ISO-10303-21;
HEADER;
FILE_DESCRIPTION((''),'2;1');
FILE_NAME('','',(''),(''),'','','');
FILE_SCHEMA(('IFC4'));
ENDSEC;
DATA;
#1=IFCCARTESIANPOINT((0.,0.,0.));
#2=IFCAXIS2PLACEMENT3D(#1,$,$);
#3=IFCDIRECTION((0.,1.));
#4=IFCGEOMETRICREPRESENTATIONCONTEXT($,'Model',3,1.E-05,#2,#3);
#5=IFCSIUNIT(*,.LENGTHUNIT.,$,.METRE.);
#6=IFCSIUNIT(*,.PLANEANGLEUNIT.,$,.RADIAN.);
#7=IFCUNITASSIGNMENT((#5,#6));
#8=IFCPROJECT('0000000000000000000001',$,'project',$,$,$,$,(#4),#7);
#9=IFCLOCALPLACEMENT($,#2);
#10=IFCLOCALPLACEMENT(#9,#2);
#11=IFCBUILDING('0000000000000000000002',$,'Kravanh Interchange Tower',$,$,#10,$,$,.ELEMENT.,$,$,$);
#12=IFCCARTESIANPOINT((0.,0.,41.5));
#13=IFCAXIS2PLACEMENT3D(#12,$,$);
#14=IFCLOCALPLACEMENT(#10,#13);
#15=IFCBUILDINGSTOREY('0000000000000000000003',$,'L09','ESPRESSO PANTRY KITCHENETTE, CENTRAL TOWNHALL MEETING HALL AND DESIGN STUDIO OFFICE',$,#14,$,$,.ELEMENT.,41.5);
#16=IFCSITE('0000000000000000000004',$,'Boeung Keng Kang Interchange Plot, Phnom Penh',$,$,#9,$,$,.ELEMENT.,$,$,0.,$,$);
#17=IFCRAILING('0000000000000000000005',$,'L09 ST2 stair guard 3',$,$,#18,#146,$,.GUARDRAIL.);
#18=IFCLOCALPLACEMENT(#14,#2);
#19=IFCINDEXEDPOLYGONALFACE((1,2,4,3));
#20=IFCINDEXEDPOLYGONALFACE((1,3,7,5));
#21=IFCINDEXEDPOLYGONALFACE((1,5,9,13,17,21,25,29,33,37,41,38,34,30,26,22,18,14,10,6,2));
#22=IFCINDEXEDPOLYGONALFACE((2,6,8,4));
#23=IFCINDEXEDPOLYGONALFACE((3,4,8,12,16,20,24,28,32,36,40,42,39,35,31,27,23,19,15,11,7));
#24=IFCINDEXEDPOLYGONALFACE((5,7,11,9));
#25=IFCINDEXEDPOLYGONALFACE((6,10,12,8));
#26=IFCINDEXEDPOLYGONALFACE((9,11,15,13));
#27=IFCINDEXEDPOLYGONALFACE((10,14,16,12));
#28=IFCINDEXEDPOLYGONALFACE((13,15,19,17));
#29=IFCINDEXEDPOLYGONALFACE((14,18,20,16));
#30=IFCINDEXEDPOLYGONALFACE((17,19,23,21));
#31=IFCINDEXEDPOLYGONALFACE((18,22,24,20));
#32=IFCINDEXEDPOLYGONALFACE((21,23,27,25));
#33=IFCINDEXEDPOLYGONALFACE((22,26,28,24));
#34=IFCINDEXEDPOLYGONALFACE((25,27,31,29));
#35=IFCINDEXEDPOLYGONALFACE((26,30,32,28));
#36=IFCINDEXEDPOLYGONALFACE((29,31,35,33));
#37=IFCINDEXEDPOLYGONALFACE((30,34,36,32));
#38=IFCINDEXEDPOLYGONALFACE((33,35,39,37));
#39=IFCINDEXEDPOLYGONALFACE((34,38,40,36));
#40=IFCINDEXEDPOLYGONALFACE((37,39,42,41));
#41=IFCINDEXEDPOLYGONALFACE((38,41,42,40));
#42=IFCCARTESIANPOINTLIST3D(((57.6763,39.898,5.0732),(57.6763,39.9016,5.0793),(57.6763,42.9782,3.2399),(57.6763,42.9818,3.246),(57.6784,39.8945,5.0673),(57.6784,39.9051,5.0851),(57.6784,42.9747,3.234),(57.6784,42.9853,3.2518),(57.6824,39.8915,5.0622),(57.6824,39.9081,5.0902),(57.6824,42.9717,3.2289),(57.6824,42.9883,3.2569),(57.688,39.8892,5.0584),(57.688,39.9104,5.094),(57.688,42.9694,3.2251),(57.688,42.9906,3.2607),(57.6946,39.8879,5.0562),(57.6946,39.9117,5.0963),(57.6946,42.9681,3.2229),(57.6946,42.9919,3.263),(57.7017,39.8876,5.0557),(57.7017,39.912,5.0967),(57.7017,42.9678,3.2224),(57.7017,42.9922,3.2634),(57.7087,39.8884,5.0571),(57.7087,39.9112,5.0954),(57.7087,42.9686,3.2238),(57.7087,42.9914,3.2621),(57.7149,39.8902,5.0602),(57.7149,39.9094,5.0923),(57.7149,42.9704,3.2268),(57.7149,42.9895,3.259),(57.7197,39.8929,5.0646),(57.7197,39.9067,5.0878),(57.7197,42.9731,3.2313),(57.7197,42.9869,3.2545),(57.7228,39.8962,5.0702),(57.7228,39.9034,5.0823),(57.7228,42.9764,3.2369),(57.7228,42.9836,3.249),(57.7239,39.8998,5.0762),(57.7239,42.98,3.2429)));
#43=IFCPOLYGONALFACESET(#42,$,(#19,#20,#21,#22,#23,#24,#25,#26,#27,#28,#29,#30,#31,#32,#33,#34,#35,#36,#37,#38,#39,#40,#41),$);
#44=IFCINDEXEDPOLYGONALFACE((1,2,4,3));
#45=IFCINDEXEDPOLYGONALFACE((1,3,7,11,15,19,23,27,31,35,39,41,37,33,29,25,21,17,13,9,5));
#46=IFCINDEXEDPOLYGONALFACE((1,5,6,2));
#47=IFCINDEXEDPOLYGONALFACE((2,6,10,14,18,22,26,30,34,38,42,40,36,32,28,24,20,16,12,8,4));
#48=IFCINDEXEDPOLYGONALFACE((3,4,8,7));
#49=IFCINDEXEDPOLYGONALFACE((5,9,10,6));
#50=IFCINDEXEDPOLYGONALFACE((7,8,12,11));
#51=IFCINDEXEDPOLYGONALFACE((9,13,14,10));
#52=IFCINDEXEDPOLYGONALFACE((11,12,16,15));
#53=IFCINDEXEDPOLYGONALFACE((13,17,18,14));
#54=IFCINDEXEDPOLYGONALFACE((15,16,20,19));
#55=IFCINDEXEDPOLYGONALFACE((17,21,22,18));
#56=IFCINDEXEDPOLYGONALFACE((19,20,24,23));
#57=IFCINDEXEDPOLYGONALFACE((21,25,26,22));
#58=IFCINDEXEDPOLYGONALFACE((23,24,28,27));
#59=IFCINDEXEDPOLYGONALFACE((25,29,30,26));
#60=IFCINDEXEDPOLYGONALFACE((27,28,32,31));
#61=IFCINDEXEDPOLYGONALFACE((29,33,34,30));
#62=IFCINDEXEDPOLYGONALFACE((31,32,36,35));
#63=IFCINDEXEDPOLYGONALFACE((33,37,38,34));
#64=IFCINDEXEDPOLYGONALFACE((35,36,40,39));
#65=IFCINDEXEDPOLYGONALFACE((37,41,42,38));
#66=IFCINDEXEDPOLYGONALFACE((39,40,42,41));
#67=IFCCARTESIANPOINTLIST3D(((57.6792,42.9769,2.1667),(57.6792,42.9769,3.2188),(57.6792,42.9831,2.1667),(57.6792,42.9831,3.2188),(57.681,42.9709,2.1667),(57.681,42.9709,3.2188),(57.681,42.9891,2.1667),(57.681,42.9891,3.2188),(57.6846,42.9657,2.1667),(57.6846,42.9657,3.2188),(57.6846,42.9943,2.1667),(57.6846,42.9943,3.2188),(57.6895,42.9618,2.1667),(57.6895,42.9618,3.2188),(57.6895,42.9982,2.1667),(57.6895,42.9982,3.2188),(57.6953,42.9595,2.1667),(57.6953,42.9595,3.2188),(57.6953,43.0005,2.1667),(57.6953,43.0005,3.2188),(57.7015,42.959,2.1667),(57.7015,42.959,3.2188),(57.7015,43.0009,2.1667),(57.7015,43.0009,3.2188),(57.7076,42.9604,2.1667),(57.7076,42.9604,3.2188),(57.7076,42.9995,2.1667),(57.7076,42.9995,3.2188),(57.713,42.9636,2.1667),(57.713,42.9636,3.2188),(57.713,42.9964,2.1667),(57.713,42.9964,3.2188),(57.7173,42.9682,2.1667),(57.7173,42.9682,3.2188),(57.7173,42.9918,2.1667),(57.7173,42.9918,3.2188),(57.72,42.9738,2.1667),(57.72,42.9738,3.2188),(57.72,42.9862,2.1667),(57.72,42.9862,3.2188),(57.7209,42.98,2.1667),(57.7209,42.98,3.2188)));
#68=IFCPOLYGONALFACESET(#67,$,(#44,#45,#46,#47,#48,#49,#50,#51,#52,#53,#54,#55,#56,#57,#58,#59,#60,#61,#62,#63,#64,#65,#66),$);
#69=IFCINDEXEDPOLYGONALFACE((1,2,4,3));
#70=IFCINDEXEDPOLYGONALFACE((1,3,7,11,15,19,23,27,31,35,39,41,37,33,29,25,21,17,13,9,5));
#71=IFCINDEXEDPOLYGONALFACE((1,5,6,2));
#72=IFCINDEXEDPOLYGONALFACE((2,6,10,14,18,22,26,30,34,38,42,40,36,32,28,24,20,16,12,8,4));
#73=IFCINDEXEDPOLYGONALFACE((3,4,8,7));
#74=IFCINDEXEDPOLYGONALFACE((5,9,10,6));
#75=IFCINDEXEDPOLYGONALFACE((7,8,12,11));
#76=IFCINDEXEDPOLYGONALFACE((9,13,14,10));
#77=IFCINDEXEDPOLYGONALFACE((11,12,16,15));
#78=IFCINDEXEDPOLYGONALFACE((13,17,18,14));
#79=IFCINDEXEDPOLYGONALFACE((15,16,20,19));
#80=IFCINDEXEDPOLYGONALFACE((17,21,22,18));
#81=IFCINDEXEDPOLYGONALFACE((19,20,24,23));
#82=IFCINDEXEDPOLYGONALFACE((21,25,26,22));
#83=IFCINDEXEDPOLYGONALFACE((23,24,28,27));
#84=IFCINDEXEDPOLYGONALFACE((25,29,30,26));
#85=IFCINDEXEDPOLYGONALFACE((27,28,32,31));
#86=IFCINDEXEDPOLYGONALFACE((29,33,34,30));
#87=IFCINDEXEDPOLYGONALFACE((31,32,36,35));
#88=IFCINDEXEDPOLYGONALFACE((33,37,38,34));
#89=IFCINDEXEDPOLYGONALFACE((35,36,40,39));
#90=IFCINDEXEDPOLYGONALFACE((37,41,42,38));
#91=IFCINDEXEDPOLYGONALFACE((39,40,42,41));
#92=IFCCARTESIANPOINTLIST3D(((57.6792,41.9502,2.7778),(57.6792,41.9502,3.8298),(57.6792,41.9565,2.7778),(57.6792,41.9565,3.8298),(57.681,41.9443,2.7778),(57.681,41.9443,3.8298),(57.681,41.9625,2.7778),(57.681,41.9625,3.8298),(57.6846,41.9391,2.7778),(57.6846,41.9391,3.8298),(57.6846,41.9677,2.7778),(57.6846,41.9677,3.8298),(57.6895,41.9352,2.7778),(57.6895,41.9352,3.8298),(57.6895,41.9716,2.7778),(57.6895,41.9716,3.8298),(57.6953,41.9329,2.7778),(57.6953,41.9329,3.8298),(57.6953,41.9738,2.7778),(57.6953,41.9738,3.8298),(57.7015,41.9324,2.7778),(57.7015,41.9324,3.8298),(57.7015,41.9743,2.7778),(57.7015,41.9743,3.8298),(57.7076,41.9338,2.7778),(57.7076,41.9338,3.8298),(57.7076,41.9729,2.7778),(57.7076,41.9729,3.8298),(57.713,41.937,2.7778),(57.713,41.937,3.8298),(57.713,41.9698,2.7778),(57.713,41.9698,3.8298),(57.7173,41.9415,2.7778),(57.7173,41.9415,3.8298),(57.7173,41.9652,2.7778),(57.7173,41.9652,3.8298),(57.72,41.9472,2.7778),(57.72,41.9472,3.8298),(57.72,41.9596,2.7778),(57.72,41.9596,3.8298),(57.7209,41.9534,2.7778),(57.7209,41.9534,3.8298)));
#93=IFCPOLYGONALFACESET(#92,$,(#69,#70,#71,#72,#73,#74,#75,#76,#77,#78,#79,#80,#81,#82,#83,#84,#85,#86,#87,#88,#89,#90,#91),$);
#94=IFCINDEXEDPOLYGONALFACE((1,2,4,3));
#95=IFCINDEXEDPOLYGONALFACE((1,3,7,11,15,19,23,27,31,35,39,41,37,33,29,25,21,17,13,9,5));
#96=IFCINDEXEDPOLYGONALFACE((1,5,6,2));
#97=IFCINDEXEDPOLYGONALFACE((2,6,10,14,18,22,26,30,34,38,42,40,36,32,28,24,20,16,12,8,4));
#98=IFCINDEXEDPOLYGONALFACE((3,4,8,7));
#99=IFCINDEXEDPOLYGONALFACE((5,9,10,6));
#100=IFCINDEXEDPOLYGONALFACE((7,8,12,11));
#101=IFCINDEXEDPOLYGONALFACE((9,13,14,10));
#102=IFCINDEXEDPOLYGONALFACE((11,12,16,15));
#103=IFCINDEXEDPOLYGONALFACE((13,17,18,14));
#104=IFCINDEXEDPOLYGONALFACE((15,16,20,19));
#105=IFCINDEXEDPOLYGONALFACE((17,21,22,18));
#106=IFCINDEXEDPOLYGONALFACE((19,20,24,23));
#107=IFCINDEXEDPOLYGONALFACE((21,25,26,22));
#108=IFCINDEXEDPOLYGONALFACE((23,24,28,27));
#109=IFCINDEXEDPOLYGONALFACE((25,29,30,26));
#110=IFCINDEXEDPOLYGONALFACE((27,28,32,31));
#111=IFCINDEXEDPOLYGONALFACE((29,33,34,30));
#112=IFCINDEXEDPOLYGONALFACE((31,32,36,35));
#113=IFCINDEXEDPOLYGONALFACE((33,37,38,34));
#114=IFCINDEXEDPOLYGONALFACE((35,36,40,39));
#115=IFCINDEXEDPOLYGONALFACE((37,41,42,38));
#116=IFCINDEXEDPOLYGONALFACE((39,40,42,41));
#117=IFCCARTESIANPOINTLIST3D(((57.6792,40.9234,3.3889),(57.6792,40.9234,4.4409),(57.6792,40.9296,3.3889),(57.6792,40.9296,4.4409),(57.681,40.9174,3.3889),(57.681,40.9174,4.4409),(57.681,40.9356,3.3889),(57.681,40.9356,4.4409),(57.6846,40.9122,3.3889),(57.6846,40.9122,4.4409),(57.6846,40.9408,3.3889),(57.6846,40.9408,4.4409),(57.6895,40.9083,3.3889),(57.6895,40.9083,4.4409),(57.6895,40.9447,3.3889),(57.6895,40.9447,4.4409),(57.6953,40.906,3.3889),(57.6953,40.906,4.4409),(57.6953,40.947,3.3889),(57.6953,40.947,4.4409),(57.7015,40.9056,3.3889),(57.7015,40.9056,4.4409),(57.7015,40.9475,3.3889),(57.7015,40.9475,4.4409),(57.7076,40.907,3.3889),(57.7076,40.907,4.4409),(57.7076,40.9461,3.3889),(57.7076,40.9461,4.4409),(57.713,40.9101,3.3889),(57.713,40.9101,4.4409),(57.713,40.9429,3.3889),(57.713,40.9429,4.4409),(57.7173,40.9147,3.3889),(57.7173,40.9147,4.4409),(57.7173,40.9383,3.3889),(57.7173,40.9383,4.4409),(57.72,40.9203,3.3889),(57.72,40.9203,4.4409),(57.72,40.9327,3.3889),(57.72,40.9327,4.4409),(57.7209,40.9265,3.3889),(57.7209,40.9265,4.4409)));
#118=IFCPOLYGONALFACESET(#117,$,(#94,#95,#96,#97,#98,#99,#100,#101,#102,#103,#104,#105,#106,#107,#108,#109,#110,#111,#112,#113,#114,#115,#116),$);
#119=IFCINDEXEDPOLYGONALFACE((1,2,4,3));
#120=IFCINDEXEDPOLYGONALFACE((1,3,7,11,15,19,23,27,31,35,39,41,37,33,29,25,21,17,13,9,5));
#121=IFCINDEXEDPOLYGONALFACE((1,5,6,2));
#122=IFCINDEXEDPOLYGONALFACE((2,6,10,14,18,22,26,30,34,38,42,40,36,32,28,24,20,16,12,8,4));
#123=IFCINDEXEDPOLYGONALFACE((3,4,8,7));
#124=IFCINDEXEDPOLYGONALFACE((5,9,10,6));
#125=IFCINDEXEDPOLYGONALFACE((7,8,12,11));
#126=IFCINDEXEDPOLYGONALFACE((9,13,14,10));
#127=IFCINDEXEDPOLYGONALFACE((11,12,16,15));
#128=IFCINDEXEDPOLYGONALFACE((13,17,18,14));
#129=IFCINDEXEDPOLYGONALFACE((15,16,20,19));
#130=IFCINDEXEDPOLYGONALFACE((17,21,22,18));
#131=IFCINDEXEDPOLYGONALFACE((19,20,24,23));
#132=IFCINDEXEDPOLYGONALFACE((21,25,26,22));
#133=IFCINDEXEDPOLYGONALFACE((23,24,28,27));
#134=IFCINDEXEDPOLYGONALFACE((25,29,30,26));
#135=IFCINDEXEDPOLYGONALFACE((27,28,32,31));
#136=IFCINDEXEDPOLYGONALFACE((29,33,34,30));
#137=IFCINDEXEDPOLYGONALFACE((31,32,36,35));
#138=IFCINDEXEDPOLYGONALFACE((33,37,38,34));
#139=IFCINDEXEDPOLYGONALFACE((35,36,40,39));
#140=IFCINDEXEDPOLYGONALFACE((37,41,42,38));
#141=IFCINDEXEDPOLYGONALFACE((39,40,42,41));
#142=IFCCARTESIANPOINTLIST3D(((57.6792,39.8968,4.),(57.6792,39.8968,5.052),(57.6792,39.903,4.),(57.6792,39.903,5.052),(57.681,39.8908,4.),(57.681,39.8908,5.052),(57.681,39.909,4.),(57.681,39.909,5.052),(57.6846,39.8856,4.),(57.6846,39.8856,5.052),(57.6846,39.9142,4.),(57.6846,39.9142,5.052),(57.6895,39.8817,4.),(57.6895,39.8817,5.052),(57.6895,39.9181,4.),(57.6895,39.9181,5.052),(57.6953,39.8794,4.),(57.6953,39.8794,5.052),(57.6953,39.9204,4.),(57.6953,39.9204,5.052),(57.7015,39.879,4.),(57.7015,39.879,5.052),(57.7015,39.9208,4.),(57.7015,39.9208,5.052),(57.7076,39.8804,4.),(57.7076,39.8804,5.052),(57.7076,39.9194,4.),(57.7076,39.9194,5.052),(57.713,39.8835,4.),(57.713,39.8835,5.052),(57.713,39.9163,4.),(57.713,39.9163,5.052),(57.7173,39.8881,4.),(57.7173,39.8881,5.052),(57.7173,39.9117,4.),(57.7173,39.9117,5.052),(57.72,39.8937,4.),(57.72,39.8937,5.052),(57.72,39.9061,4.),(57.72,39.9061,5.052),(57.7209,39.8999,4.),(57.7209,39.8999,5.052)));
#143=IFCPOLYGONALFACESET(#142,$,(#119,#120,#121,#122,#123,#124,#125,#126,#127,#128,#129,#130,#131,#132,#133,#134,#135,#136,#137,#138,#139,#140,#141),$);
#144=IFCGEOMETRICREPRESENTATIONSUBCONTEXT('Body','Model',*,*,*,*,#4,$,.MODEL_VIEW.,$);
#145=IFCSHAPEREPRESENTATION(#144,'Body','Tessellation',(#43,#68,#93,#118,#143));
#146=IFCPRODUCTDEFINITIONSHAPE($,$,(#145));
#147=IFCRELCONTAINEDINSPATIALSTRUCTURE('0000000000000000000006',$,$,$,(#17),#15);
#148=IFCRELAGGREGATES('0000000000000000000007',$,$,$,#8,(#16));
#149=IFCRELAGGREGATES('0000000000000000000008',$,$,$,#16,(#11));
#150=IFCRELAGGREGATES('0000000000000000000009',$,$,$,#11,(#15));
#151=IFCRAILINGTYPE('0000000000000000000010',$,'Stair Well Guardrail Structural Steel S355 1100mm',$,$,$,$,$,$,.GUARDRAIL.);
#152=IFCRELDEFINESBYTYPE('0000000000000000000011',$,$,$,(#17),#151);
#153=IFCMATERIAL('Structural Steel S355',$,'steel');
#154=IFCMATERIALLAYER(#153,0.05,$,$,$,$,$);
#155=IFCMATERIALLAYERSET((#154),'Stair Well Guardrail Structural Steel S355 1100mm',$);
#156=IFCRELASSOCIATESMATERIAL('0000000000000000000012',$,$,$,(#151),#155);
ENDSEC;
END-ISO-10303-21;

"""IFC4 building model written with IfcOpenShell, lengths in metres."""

from ifc_helpers import new_model, si_unit, direction, frame, origin, origin_2d, place, context, subcontext, project, spatial, circle, extrude, material, layer, layer_set, type_object, element, save


model = new_model("IFC4")

# Units and contexts
model_context = context("Model", 3, precision=1e-05, world=origin(), true_north=direction((0.0, 1.0)))
body_context = subcontext(model_context, "Body", "Model", "MODEL_VIEW")
ifc_project = project(units=[si_unit("LENGTHUNIT", "METRE"), si_unit("PLANEANGLEUNIT", "RADIAN")], contexts=[model_context])

# Site, building, storey
site_placement = place(None, origin())
site = spatial("IfcSite", under=ifc_project, at=site_placement, Name="Boeung Keng Kang Interchange Plot, Phnom Penh", CompositionType="ELEMENT", RefElevation=0.0)
building_placement = place(site_placement, origin())
building = spatial("IfcBuilding", under=site, at=building_placement, Name="Kravanh Interchange Tower", CompositionType="ELEMENT")
storey_placement = place(building_placement, frame((0.0, 0.0, 41.5)))
storey = spatial("IfcBuildingStorey", under=building, at=storey_placement, Name="L09", Description="ESPRESSO PANTRY KITCHENETTE, CENTRAL TOWNHALL MEETING HALL AND DESIGN STUDIO OFFICE", CompositionType="ELEMENT", Elevation=41.5)

# Railing
ifc_material_1 = material(Name="Structural Steel S355", Category="steel")
ifc_layer_1 = layer(ifc_material_1, 0.05)
ifc_layer_set_1 = layer_set([ifc_layer_1], Name="Stair Well Guardrail Structural Steel S355 1100mm")
railing_type_1 = type_object("IfcRailingType", Name="Stair Well Guardrail Structural Steel S355 1100mm", PredefinedType="GUARDRAIL", material=ifc_layer_set_1)
railing_1_placement = place(storey_placement, frame((57.7, 42.98, 2.1667)))
element("IfcRailing", 1, at=railing_1_placement, inside=storey, type_object=railing_type_1, Name="L09 ST2 stair guard 3", PredefinedType="GUARDRAIL", context=body_context, shape_type="SweptSolid", body=[
    extrude(circle(Radius=0.0239, at=origin_2d()), frame((0.0, 0.0, 1.0762), z_axis=(0.0, -0.859309, 0.511458), x_axis=(1.0, 0.0, 0.0)), (0.0, 0.0, 1.0), 3.5845),
    extrude(circle(Radius=0.021, at=origin_2d()), origin(), (0.0, 0.0, 1.0), 1.052),
    extrude(circle(Radius=0.021, at=origin_2d()), frame((0.0, -1.0266, 0.6111)), (0.0, 0.0, 1.0), 1.052),
    extrude(circle(Radius=0.021, at=origin_2d()), frame((0.0, -2.0535, 1.2222)), (0.0, 0.0, 1.0), 1.052),
    extrude(circle(Radius=0.021, at=origin_2d()), frame((0.0, -3.0801, 1.8333)), (0.0, 0.0, 1.0), 1.052),
])

save(model, "model.ifc")
